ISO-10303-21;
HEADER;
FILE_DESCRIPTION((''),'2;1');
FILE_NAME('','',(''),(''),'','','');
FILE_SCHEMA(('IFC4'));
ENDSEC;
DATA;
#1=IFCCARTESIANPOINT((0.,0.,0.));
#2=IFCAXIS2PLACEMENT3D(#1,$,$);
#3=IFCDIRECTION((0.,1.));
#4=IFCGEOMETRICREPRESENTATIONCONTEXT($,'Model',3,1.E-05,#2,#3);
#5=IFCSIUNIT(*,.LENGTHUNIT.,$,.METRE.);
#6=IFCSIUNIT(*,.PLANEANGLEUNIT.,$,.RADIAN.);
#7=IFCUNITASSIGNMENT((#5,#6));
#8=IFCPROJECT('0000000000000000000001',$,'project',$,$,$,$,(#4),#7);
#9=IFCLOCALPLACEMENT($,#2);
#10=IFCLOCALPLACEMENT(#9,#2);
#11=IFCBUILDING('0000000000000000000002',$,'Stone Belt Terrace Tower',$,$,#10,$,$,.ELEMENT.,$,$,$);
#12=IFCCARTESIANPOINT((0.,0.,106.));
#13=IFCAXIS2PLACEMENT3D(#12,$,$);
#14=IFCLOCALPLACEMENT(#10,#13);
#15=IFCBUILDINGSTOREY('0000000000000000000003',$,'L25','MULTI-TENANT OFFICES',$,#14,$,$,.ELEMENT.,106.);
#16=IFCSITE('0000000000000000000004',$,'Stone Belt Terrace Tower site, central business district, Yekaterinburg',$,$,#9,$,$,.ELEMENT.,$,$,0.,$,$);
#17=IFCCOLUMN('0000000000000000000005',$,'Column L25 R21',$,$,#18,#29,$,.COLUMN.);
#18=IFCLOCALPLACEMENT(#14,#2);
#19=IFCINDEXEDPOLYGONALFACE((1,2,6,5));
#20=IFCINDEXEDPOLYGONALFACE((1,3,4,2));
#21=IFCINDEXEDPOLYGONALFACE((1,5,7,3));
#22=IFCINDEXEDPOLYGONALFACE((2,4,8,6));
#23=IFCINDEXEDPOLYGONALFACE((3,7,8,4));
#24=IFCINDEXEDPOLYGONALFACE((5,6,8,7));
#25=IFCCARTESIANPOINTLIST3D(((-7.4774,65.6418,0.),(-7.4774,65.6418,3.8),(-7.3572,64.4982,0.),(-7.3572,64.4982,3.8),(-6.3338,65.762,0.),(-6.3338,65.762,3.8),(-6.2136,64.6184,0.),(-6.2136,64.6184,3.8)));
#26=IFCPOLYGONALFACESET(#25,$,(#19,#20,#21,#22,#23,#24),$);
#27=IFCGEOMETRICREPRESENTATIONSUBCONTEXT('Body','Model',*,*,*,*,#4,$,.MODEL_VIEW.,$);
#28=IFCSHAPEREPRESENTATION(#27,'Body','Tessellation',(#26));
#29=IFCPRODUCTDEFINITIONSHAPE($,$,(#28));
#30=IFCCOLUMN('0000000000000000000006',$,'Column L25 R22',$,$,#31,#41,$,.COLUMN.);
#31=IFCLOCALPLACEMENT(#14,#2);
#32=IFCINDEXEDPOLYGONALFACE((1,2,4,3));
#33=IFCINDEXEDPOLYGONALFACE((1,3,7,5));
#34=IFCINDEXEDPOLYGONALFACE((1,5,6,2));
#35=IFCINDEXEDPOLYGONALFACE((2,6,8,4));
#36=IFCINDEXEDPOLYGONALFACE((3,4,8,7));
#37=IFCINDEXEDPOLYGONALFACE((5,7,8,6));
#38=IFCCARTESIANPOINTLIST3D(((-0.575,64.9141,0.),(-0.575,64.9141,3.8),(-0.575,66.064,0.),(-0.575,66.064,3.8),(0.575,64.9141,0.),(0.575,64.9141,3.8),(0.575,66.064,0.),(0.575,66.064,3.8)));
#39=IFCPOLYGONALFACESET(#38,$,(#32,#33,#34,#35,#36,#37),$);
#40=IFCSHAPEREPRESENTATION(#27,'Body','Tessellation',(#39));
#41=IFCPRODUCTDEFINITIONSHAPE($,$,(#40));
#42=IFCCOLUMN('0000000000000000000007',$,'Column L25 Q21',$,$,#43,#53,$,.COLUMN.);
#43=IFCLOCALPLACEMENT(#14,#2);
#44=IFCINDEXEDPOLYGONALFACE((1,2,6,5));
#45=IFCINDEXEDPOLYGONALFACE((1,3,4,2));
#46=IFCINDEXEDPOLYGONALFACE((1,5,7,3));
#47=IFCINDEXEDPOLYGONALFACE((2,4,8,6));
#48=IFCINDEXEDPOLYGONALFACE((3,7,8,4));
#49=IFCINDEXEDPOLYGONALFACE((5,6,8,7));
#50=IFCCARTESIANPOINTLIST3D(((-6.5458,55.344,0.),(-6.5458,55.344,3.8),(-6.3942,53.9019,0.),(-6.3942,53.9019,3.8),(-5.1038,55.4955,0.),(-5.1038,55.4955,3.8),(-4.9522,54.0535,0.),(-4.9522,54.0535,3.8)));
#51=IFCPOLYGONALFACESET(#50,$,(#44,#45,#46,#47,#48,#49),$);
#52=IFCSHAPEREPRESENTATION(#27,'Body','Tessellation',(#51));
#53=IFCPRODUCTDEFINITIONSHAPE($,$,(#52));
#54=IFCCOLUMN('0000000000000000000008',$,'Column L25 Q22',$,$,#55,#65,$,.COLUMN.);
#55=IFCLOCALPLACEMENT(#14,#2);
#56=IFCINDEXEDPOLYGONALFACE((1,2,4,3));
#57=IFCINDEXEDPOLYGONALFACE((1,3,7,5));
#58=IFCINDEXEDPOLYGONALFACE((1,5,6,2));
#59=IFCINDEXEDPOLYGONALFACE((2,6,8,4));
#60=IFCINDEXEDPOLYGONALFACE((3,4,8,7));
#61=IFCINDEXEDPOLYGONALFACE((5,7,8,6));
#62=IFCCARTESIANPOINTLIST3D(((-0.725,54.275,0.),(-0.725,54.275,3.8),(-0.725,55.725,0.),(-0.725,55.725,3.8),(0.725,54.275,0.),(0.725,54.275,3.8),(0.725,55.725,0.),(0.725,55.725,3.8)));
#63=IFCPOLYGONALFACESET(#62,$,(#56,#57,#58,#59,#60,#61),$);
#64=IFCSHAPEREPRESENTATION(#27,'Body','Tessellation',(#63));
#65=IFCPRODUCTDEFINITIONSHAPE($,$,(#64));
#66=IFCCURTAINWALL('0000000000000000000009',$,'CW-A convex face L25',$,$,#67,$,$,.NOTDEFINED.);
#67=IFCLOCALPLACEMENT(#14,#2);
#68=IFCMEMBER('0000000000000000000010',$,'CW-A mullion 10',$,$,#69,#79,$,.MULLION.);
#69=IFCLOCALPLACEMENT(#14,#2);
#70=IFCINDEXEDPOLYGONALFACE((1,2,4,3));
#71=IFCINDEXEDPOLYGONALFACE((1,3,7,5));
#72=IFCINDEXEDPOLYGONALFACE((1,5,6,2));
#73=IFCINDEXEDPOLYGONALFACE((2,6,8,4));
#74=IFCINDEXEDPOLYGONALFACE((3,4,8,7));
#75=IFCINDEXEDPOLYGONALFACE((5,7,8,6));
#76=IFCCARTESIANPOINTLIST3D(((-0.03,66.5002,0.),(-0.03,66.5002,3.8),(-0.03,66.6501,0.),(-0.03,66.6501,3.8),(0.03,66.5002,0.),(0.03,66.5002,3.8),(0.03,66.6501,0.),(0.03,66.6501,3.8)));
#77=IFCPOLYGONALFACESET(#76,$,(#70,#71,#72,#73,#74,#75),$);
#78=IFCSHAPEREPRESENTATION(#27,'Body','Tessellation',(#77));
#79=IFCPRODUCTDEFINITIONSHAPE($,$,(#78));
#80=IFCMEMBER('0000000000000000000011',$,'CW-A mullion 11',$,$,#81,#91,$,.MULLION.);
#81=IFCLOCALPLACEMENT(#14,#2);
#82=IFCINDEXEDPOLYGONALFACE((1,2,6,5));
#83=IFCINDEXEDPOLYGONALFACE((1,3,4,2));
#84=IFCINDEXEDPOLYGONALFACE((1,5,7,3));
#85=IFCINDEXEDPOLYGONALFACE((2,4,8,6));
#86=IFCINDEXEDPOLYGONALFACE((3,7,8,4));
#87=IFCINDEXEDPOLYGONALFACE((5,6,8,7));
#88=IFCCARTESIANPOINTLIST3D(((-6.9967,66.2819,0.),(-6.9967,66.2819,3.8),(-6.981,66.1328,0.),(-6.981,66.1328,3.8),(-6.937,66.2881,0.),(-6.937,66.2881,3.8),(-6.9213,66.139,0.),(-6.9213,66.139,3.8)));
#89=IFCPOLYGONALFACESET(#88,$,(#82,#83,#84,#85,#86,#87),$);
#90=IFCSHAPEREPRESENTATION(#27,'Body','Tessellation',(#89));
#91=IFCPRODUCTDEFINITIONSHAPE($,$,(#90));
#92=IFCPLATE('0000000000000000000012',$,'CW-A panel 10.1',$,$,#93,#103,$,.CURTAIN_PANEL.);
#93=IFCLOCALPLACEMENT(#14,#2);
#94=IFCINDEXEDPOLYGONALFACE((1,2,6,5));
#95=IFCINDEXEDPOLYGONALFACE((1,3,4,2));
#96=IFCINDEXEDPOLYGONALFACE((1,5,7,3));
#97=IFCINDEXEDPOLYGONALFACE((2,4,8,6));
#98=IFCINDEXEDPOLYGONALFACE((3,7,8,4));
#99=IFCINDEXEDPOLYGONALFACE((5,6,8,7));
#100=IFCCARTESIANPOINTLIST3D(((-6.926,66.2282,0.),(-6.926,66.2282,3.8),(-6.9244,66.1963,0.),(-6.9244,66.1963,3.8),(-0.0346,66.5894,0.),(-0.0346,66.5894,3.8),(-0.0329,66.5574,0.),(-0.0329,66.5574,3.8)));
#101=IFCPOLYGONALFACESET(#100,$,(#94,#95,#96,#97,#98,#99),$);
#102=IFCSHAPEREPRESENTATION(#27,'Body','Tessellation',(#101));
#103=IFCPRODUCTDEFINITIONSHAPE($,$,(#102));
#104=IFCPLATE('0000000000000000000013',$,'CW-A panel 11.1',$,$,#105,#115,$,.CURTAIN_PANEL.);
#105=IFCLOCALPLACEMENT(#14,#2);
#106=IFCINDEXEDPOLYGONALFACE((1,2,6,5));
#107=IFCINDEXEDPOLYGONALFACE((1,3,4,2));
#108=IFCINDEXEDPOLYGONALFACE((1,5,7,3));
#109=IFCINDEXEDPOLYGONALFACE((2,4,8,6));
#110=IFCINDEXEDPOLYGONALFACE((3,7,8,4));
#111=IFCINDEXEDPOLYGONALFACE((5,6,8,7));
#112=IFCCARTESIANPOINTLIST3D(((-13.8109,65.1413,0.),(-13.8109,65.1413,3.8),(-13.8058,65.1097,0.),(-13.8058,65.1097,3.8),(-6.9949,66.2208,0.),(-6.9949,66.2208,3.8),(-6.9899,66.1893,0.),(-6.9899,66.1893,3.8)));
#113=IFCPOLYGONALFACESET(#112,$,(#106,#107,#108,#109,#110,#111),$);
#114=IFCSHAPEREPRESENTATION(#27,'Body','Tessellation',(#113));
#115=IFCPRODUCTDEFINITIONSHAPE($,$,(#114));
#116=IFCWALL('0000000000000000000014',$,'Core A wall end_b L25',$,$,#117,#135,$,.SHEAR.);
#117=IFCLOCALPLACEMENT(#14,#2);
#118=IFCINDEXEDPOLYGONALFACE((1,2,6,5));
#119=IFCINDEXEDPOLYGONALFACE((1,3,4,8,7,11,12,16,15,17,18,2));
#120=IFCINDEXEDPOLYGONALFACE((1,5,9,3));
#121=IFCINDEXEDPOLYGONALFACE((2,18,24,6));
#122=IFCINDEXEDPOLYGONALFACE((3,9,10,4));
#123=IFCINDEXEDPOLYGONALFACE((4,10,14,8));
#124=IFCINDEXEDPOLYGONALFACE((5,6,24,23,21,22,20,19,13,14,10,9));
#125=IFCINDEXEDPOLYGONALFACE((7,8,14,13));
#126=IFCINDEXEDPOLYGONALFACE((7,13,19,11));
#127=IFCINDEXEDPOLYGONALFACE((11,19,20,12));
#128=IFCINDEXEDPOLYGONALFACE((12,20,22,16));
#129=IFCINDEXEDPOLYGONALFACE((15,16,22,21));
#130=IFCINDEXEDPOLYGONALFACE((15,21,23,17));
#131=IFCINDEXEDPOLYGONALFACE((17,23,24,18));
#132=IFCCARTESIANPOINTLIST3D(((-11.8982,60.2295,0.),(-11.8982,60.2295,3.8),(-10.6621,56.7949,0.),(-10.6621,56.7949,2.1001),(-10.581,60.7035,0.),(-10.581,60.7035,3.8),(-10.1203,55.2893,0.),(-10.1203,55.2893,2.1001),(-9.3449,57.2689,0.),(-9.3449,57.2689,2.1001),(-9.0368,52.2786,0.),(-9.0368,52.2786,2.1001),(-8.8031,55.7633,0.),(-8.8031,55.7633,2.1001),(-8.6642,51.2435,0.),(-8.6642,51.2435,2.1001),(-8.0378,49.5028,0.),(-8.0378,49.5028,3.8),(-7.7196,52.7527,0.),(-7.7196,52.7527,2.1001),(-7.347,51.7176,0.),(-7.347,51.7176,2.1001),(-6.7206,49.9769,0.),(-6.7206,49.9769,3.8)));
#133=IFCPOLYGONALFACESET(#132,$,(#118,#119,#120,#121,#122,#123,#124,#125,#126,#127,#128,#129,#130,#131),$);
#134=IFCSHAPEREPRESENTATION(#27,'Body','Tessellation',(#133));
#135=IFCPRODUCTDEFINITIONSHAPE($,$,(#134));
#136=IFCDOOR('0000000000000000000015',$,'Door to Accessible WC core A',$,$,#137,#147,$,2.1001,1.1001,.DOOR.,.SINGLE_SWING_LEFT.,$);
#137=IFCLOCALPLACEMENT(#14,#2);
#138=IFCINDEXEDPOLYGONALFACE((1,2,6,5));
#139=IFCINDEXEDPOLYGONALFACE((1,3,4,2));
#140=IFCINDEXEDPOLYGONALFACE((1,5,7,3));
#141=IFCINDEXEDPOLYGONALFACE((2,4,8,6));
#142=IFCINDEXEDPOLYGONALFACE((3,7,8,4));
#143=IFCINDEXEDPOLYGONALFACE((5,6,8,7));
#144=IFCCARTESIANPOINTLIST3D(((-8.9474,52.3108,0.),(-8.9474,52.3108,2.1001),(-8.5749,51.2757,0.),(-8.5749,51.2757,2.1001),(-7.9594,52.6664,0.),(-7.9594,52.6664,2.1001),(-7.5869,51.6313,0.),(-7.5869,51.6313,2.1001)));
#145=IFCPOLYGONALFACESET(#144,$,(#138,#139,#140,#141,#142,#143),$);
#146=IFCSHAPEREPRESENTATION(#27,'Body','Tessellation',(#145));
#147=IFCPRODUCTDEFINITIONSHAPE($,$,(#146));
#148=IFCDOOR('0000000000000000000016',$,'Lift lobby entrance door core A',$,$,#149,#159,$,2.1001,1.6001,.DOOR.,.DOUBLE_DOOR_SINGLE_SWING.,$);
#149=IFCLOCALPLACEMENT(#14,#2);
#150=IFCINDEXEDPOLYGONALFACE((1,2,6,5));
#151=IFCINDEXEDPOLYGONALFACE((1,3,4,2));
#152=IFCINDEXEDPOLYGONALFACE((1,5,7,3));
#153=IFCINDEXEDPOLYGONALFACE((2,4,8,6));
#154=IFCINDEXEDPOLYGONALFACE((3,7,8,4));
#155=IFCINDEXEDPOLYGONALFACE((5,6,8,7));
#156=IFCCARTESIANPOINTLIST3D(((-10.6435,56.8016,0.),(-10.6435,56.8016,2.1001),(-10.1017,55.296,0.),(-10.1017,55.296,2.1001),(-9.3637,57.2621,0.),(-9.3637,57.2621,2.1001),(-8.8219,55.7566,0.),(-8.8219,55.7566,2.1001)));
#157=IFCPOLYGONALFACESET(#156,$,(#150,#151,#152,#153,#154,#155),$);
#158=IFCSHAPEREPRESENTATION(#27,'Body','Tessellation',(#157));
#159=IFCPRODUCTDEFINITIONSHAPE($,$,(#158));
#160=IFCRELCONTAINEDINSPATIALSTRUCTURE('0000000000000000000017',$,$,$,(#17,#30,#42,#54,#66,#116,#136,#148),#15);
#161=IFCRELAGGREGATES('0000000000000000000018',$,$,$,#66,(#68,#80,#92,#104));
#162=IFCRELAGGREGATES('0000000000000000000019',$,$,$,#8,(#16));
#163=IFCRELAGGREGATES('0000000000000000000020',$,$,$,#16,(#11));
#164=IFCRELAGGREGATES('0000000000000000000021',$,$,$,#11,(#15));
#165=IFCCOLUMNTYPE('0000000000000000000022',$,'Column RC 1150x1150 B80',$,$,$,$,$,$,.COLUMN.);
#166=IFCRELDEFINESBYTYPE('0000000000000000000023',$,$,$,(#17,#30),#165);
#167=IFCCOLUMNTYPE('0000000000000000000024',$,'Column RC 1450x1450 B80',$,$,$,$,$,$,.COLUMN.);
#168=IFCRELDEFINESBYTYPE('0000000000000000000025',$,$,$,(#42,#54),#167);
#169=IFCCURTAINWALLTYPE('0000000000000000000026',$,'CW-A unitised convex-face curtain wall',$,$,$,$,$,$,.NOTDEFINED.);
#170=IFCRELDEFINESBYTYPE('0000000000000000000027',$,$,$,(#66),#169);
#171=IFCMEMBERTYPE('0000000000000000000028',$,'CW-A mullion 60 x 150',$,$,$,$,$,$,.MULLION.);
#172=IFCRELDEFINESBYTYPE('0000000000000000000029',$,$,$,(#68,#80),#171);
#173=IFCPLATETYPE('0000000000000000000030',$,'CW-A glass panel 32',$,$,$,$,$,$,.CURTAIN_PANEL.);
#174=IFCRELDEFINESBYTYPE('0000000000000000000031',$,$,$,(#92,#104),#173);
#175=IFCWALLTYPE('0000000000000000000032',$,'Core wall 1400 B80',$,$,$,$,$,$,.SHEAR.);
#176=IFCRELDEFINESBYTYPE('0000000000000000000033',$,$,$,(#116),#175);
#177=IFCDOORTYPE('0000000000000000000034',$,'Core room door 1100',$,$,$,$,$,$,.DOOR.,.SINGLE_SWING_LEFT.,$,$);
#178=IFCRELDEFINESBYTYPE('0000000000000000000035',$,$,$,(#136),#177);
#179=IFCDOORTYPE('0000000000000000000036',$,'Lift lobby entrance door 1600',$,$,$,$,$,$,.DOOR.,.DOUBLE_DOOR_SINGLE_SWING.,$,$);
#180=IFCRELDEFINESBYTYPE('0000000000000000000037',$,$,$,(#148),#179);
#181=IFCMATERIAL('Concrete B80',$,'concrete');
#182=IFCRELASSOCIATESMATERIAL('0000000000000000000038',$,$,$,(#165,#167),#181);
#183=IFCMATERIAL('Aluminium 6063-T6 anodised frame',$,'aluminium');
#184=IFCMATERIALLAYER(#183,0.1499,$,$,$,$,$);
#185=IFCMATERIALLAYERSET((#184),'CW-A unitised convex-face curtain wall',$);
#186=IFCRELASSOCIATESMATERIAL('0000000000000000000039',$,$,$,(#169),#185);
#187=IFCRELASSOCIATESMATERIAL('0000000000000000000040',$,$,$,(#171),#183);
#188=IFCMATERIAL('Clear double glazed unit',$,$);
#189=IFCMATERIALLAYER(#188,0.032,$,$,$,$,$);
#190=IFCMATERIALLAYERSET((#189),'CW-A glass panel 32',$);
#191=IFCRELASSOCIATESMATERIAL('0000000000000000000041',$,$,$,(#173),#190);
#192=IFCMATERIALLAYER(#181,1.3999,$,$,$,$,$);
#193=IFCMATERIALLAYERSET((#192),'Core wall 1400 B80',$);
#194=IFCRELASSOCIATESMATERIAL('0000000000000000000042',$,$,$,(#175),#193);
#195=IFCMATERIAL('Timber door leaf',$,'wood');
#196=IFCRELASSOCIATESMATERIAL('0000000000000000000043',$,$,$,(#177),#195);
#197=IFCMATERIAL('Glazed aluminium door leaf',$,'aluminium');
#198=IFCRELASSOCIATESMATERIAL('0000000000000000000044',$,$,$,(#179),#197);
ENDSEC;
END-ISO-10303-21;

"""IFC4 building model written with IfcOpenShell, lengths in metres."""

from ifc_helpers import new_model, si_unit, direction, frame, frame_2d, origin, origin_2d, place, context, subcontext, project, spatial, rectangle, extrude, material, layer, layer_set, material_profile, profile_set, type_object, element, fill, aggregate, save


model = new_model("IFC4")

# Units and contexts
model_context = context("Model", 3, precision=1e-05, world=origin(), true_north=direction((0.0, 1.0)))
body_context = subcontext(model_context, "Body", "Model", "MODEL_VIEW")
ifc_project = project(units=[si_unit("LENGTHUNIT", "METRE"), si_unit("PLANEANGLEUNIT", "RADIAN")], contexts=[model_context])

# Site, building, storey
site_placement = place(None, origin())
site = spatial("IfcSite", under=ifc_project, at=site_placement, Name="Stone Belt Terrace Tower site, central business district, Yekaterinburg", CompositionType="ELEMENT", RefElevation=0.0)
building_placement = place(site_placement, origin())
building = spatial("IfcBuilding", under=site, at=building_placement, Name="Stone Belt Terrace Tower", CompositionType="ELEMENT")
storey_placement = place(building_placement, frame((0.0, 0.0, 106.0)))
storey = spatial("IfcBuildingStorey", under=building, at=storey_placement, Name="L25", Description="MULTI-TENANT OFFICES", CompositionType="ELEMENT", Elevation=106.0)

# Columns
ifc_material_1 = material(Name="Concrete B80", Category="concrete")
ifc_material_profile_1 = material_profile(ifc_material_1, rectangle(XDim=1.1499, YDim=1.1499, at=origin_2d()), Name="RC 1150x1150")
ifc_profile_set_1 = profile_set([ifc_material_profile_1], Name="Concrete B80")
column_type_1 = type_object("IfcColumnType", Name="Column RC 1150x1150 B80", PredefinedType="COLUMN", material=ifc_profile_set_1)
for number, where, z_axis, x_axis, name in (
    (1, (-6.8455, 65.1301, 0.0), (0.0, 0.0, 1.0), (0.994522, 0.104528, 0.0), "Column L25 R21"),
    (2, (0.0, 65.489, 0.0), (0.0, 0.0, 1.0), (1.0, 0.0, 0.0), "Column L25 R22"),
):
    element("IfcColumn", number, at=place(storey_placement, frame(where, z_axis=z_axis, x_axis=x_axis)), inside=storey, type_object=column_type_1, Name=name, PredefinedType="COLUMN", context=body_context, shape_type="SweptSolid", body=[
        extrude(rectangle(XDim=1.1499, YDim=1.1499, at=origin_2d()), origin(), (0.0, 0.0, 1.0), 3.8),
    ])
ifc_material_profile_2 = material_profile(ifc_material_1, rectangle(XDim=1.45, YDim=1.45, at=origin_2d()), Name="RC 1450x1450")
ifc_profile_set_2 = profile_set([ifc_material_profile_2], Name="Concrete B80")
column_type_2 = type_object("IfcColumnType", Name="Column RC 1450x1450 B80", PredefinedType="COLUMN", material=ifc_profile_set_2)
for number, where, z_axis, x_axis, name in (
    (3, (-5.749, 54.6987, 0.0), (0.0, 0.0, 1.0), (0.994522, 0.104528, 0.0), "Column L25 Q21"),
    (4, (0.0, 55.0, 0.0), (0.0, 0.0, 1.0), (1.0, 0.0, 0.0), "Column L25 Q22"),
):
    element("IfcColumn", number, at=place(storey_placement, frame(where, z_axis=z_axis, x_axis=x_axis)), inside=storey, type_object=column_type_2, Name=name, PredefinedType="COLUMN", context=body_context, shape_type="SweptSolid", body=[
        extrude(rectangle(XDim=1.45, YDim=1.45, at=origin_2d()), origin(), (0.0, 0.0, 1.0), 3.8),
    ])

# Curtain wall, members, plates
ifc_material_2 = material(Name="Aluminium 6063-T6 anodised frame", Category="aluminium")
ifc_layer_1 = layer(ifc_material_2, 0.1499)
ifc_layer_set_1 = layer_set([ifc_layer_1], Name="CW-A unitised convex-face curtain wall")
curtain_wall_type = type_object("IfcCurtainWallType", Name="CW-A unitised convex-face curtain wall", PredefinedType="NOTDEFINED", material=ifc_layer_set_1)
curtain_wall_placement = place(storey_placement, origin())
curtain_wall = element("IfcCurtainWall", 5, at=curtain_wall_placement, inside=storey, type_object=curtain_wall_type, Name="CW-A convex face L25", PredefinedType="NOTDEFINED")
ifc_material_profile_3 = material_profile(ifc_material_2, rectangle(XDim=0.1499, YDim=0.0601, at=origin_2d()), Name="Aluminium 6063-T6 60x150")
ifc_profile_set_3 = profile_set([ifc_material_profile_3], Name="Aluminium 6063-T6 anodised frame")
member_type = type_object("IfcMemberType", Name="CW-A mullion 60 x 150", PredefinedType="MULLION", material=ifc_profile_set_3)
member_1_placement = place(storey_placement, frame((0.0, 66.5752, 0.0), z_axis=(0.0, 0.0, 1.0), x_axis=(0.0, -1.0, 0.0)))
member_1 = element("IfcMember", 6, at=member_1_placement, type_object=member_type, Name="CW-A mullion 10", PredefinedType="MULLION", context=body_context, shape_type="SweptSolid", body=[
    extrude(rectangle(XDim=0.1499, YDim=0.0601, at=origin_2d()), origin(), (0.0, 0.0, 1.0), 3.8),
])
member_2_placement = place(storey_placement, frame((-6.959, 66.2104, 0.0), z_axis=(0.0, 0.0, 1.0), x_axis=(0.104528, -0.994522, 0.0)))
member_2 = element("IfcMember", 7, at=member_2_placement, type_object=member_type, Name="CW-A mullion 11", PredefinedType="MULLION", context=body_context, shape_type="SweptSolid", body=[
    extrude(rectangle(XDim=0.1499, YDim=0.0601, at=origin_2d()), origin(), (0.0, 0.0, 1.0), 3.8),
])
ifc_material_3 = material(Name="Clear double glazed unit")
ifc_layer_2 = layer(ifc_material_3, 0.032)
ifc_layer_set_2 = layer_set([ifc_layer_2], Name="CW-A glass panel 32")
plate_type = type_object("IfcPlateType", Name="CW-A glass panel 32", PredefinedType="CURTAIN_PANEL", material=ifc_layer_set_2)
plate_1_placement = place(storey_placement, frame((-3.4795, 66.3928, 0.0), z_axis=(0.0, 0.0, 1.0), x_axis=(-0.99863, -0.052336, 0.0)))
plate_1 = element("IfcPlate", 8, at=plate_1_placement, type_object=plate_type, Name="CW-A panel 10.1", PredefinedType="CURTAIN_PANEL", context=body_context, shape_type="SweptSolid", body=[
    extrude(rectangle(XDim=6.9009, YDim=0.032, at=origin_2d()), origin(), (0.0, 0.0, 1.0), 3.8),
])
plate_2_placement = place(storey_placement, frame((-10.4004, 65.6653, 0.0), z_axis=(0.0, 0.0, 1.0), x_axis=(-0.987688, -0.156434, 0.0)))
plate_2 = element("IfcPlate", 9, at=plate_2_placement, type_object=plate_type, Name="CW-A panel 11.1", PredefinedType="CURTAIN_PANEL", context=body_context, shape_type="SweptSolid", body=[
    extrude(rectangle(XDim=6.9009, YDim=0.032, at=origin_2d()), origin(), (0.0, 0.0, 1.0), 3.8),
])
aggregate(curtain_wall, [member_1, member_2, plate_1, plate_2])

# Wall, openings, doors
ifc_layer_3 = layer(ifc_material_1, 1.3999)
ifc_layer_set_3 = layer_set([ifc_layer_3], Name="Core wall 1400 B80")
wall_type_1 = type_object("IfcWallType", Name="Core wall 1400 B80", PredefinedType="SHEAR", material=ifc_layer_set_3)
wall_1_placement = place(storey_placement, frame((-7.3792, 49.7397, 0.0), z_axis=(0.0, 0.0, 1.0), x_axis=(-0.338625, 0.940921, 0.0)))
wall_1 = element("IfcWall", 10, at=wall_1_placement, inside=storey, type_object=wall_type_1, Name="Core A wall end_b L25", PredefinedType="SHEAR", context=body_context, shape_type="SweptSolid", body=[
    extrude(rectangle(XDim=11.4001, YDim=1.3999, at=frame_2d((5.7002, 0.0))), origin(), (0.0, 0.0, 1.0), 3.8),
])
opening_1_placement = place(wall_1_placement, frame((6.1499, 0.0, 0.0)))
opening_1 = element("IfcOpeningElement", 11, at=opening_1_placement, cuts=wall_1, PredefinedType="OPENING", context=body_context, shape_type="SweptSolid", body=[
    extrude(rectangle(XDim=1.6001, YDim=2.1001, at=frame_2d((0.8, 1.05))), frame((0.0, 0.71, 0.0), z_axis=(0.0, -1.0, 0.0), x_axis=(1.0, 0.0, 0.0)), (0.0, 0.0, 1.0), 1.4199),
])
opening_2_placement = place(wall_1_placement, frame((1.8501, 0.0, 0.0)))
opening_2 = element("IfcOpeningElement", 12, at=opening_2_placement, cuts=wall_1, PredefinedType="OPENING", context=body_context, shape_type="SweptSolid", body=[
    extrude(rectangle(XDim=1.1001, YDim=2.1001, at=frame_2d((0.55, 1.05))), frame((0.0, 0.71, 0.0), z_axis=(0.0, -1.0, 0.0), x_axis=(1.0, 0.0, 0.0)), (0.0, 0.0, 1.0), 1.4199),
])
ifc_material_4 = material(Name="Timber door leaf", Category="wood")
door_type_1 = type_object("IfcDoorType", Name="Core room door 1100", OperationType="SINGLE_SWING_LEFT", PredefinedType="DOOR", material=ifc_material_4)
door_1_placement = place(opening_2_placement, origin())
door_1 = element("IfcDoor", 13, at=door_1_placement, inside=storey, type_object=door_type_1, Name="Door to Accessible WC core A", OperationType="SINGLE_SWING_LEFT", OverallHeight=2.1001, OverallWidth=1.1001, PredefinedType="DOOR", context=body_context, shape_type="SweptSolid", body=[
    extrude(rectangle(XDim=1.1001, YDim=2.1001, at=frame_2d((0.55, 1.05))), frame((0.0, 0.605, 0.0), z_axis=(0.0, -1.0, 0.0), x_axis=(1.0, 0.0, 0.0)), (0.0, 0.0, 1.0), 1.05),
])
fill(opening_2, door_1)
ifc_material_5 = material(Name="Glazed aluminium door leaf", Category="aluminium")
door_type_2 = type_object("IfcDoorType", Name="Lift lobby entrance door 1600", OperationType="DOUBLE_DOOR_SINGLE_SWING", PredefinedType="DOOR", material=ifc_material_5)
door_2_placement = place(opening_1_placement, origin())
door_2 = element("IfcDoor", 14, at=door_2_placement, inside=storey, type_object=door_type_2, Name="Lift lobby entrance door core A", OperationType="DOUBLE_DOOR_SINGLE_SWING", OverallHeight=2.1001, OverallWidth=1.6001, PredefinedType="DOOR", context=body_context, shape_type="SweptSolid", body=[
    extrude(rectangle(XDim=1.6001, YDim=2.1001, at=frame_2d((0.8, 1.05))), frame((0.0, 0.6802, 0.0), z_axis=(0.0, -1.0, 0.0), x_axis=(1.0, 0.0, 0.0)), (0.0, 0.0, 1.0), 1.3601),
])
fill(opening_1, door_2)

save(model, "model.ifc")
